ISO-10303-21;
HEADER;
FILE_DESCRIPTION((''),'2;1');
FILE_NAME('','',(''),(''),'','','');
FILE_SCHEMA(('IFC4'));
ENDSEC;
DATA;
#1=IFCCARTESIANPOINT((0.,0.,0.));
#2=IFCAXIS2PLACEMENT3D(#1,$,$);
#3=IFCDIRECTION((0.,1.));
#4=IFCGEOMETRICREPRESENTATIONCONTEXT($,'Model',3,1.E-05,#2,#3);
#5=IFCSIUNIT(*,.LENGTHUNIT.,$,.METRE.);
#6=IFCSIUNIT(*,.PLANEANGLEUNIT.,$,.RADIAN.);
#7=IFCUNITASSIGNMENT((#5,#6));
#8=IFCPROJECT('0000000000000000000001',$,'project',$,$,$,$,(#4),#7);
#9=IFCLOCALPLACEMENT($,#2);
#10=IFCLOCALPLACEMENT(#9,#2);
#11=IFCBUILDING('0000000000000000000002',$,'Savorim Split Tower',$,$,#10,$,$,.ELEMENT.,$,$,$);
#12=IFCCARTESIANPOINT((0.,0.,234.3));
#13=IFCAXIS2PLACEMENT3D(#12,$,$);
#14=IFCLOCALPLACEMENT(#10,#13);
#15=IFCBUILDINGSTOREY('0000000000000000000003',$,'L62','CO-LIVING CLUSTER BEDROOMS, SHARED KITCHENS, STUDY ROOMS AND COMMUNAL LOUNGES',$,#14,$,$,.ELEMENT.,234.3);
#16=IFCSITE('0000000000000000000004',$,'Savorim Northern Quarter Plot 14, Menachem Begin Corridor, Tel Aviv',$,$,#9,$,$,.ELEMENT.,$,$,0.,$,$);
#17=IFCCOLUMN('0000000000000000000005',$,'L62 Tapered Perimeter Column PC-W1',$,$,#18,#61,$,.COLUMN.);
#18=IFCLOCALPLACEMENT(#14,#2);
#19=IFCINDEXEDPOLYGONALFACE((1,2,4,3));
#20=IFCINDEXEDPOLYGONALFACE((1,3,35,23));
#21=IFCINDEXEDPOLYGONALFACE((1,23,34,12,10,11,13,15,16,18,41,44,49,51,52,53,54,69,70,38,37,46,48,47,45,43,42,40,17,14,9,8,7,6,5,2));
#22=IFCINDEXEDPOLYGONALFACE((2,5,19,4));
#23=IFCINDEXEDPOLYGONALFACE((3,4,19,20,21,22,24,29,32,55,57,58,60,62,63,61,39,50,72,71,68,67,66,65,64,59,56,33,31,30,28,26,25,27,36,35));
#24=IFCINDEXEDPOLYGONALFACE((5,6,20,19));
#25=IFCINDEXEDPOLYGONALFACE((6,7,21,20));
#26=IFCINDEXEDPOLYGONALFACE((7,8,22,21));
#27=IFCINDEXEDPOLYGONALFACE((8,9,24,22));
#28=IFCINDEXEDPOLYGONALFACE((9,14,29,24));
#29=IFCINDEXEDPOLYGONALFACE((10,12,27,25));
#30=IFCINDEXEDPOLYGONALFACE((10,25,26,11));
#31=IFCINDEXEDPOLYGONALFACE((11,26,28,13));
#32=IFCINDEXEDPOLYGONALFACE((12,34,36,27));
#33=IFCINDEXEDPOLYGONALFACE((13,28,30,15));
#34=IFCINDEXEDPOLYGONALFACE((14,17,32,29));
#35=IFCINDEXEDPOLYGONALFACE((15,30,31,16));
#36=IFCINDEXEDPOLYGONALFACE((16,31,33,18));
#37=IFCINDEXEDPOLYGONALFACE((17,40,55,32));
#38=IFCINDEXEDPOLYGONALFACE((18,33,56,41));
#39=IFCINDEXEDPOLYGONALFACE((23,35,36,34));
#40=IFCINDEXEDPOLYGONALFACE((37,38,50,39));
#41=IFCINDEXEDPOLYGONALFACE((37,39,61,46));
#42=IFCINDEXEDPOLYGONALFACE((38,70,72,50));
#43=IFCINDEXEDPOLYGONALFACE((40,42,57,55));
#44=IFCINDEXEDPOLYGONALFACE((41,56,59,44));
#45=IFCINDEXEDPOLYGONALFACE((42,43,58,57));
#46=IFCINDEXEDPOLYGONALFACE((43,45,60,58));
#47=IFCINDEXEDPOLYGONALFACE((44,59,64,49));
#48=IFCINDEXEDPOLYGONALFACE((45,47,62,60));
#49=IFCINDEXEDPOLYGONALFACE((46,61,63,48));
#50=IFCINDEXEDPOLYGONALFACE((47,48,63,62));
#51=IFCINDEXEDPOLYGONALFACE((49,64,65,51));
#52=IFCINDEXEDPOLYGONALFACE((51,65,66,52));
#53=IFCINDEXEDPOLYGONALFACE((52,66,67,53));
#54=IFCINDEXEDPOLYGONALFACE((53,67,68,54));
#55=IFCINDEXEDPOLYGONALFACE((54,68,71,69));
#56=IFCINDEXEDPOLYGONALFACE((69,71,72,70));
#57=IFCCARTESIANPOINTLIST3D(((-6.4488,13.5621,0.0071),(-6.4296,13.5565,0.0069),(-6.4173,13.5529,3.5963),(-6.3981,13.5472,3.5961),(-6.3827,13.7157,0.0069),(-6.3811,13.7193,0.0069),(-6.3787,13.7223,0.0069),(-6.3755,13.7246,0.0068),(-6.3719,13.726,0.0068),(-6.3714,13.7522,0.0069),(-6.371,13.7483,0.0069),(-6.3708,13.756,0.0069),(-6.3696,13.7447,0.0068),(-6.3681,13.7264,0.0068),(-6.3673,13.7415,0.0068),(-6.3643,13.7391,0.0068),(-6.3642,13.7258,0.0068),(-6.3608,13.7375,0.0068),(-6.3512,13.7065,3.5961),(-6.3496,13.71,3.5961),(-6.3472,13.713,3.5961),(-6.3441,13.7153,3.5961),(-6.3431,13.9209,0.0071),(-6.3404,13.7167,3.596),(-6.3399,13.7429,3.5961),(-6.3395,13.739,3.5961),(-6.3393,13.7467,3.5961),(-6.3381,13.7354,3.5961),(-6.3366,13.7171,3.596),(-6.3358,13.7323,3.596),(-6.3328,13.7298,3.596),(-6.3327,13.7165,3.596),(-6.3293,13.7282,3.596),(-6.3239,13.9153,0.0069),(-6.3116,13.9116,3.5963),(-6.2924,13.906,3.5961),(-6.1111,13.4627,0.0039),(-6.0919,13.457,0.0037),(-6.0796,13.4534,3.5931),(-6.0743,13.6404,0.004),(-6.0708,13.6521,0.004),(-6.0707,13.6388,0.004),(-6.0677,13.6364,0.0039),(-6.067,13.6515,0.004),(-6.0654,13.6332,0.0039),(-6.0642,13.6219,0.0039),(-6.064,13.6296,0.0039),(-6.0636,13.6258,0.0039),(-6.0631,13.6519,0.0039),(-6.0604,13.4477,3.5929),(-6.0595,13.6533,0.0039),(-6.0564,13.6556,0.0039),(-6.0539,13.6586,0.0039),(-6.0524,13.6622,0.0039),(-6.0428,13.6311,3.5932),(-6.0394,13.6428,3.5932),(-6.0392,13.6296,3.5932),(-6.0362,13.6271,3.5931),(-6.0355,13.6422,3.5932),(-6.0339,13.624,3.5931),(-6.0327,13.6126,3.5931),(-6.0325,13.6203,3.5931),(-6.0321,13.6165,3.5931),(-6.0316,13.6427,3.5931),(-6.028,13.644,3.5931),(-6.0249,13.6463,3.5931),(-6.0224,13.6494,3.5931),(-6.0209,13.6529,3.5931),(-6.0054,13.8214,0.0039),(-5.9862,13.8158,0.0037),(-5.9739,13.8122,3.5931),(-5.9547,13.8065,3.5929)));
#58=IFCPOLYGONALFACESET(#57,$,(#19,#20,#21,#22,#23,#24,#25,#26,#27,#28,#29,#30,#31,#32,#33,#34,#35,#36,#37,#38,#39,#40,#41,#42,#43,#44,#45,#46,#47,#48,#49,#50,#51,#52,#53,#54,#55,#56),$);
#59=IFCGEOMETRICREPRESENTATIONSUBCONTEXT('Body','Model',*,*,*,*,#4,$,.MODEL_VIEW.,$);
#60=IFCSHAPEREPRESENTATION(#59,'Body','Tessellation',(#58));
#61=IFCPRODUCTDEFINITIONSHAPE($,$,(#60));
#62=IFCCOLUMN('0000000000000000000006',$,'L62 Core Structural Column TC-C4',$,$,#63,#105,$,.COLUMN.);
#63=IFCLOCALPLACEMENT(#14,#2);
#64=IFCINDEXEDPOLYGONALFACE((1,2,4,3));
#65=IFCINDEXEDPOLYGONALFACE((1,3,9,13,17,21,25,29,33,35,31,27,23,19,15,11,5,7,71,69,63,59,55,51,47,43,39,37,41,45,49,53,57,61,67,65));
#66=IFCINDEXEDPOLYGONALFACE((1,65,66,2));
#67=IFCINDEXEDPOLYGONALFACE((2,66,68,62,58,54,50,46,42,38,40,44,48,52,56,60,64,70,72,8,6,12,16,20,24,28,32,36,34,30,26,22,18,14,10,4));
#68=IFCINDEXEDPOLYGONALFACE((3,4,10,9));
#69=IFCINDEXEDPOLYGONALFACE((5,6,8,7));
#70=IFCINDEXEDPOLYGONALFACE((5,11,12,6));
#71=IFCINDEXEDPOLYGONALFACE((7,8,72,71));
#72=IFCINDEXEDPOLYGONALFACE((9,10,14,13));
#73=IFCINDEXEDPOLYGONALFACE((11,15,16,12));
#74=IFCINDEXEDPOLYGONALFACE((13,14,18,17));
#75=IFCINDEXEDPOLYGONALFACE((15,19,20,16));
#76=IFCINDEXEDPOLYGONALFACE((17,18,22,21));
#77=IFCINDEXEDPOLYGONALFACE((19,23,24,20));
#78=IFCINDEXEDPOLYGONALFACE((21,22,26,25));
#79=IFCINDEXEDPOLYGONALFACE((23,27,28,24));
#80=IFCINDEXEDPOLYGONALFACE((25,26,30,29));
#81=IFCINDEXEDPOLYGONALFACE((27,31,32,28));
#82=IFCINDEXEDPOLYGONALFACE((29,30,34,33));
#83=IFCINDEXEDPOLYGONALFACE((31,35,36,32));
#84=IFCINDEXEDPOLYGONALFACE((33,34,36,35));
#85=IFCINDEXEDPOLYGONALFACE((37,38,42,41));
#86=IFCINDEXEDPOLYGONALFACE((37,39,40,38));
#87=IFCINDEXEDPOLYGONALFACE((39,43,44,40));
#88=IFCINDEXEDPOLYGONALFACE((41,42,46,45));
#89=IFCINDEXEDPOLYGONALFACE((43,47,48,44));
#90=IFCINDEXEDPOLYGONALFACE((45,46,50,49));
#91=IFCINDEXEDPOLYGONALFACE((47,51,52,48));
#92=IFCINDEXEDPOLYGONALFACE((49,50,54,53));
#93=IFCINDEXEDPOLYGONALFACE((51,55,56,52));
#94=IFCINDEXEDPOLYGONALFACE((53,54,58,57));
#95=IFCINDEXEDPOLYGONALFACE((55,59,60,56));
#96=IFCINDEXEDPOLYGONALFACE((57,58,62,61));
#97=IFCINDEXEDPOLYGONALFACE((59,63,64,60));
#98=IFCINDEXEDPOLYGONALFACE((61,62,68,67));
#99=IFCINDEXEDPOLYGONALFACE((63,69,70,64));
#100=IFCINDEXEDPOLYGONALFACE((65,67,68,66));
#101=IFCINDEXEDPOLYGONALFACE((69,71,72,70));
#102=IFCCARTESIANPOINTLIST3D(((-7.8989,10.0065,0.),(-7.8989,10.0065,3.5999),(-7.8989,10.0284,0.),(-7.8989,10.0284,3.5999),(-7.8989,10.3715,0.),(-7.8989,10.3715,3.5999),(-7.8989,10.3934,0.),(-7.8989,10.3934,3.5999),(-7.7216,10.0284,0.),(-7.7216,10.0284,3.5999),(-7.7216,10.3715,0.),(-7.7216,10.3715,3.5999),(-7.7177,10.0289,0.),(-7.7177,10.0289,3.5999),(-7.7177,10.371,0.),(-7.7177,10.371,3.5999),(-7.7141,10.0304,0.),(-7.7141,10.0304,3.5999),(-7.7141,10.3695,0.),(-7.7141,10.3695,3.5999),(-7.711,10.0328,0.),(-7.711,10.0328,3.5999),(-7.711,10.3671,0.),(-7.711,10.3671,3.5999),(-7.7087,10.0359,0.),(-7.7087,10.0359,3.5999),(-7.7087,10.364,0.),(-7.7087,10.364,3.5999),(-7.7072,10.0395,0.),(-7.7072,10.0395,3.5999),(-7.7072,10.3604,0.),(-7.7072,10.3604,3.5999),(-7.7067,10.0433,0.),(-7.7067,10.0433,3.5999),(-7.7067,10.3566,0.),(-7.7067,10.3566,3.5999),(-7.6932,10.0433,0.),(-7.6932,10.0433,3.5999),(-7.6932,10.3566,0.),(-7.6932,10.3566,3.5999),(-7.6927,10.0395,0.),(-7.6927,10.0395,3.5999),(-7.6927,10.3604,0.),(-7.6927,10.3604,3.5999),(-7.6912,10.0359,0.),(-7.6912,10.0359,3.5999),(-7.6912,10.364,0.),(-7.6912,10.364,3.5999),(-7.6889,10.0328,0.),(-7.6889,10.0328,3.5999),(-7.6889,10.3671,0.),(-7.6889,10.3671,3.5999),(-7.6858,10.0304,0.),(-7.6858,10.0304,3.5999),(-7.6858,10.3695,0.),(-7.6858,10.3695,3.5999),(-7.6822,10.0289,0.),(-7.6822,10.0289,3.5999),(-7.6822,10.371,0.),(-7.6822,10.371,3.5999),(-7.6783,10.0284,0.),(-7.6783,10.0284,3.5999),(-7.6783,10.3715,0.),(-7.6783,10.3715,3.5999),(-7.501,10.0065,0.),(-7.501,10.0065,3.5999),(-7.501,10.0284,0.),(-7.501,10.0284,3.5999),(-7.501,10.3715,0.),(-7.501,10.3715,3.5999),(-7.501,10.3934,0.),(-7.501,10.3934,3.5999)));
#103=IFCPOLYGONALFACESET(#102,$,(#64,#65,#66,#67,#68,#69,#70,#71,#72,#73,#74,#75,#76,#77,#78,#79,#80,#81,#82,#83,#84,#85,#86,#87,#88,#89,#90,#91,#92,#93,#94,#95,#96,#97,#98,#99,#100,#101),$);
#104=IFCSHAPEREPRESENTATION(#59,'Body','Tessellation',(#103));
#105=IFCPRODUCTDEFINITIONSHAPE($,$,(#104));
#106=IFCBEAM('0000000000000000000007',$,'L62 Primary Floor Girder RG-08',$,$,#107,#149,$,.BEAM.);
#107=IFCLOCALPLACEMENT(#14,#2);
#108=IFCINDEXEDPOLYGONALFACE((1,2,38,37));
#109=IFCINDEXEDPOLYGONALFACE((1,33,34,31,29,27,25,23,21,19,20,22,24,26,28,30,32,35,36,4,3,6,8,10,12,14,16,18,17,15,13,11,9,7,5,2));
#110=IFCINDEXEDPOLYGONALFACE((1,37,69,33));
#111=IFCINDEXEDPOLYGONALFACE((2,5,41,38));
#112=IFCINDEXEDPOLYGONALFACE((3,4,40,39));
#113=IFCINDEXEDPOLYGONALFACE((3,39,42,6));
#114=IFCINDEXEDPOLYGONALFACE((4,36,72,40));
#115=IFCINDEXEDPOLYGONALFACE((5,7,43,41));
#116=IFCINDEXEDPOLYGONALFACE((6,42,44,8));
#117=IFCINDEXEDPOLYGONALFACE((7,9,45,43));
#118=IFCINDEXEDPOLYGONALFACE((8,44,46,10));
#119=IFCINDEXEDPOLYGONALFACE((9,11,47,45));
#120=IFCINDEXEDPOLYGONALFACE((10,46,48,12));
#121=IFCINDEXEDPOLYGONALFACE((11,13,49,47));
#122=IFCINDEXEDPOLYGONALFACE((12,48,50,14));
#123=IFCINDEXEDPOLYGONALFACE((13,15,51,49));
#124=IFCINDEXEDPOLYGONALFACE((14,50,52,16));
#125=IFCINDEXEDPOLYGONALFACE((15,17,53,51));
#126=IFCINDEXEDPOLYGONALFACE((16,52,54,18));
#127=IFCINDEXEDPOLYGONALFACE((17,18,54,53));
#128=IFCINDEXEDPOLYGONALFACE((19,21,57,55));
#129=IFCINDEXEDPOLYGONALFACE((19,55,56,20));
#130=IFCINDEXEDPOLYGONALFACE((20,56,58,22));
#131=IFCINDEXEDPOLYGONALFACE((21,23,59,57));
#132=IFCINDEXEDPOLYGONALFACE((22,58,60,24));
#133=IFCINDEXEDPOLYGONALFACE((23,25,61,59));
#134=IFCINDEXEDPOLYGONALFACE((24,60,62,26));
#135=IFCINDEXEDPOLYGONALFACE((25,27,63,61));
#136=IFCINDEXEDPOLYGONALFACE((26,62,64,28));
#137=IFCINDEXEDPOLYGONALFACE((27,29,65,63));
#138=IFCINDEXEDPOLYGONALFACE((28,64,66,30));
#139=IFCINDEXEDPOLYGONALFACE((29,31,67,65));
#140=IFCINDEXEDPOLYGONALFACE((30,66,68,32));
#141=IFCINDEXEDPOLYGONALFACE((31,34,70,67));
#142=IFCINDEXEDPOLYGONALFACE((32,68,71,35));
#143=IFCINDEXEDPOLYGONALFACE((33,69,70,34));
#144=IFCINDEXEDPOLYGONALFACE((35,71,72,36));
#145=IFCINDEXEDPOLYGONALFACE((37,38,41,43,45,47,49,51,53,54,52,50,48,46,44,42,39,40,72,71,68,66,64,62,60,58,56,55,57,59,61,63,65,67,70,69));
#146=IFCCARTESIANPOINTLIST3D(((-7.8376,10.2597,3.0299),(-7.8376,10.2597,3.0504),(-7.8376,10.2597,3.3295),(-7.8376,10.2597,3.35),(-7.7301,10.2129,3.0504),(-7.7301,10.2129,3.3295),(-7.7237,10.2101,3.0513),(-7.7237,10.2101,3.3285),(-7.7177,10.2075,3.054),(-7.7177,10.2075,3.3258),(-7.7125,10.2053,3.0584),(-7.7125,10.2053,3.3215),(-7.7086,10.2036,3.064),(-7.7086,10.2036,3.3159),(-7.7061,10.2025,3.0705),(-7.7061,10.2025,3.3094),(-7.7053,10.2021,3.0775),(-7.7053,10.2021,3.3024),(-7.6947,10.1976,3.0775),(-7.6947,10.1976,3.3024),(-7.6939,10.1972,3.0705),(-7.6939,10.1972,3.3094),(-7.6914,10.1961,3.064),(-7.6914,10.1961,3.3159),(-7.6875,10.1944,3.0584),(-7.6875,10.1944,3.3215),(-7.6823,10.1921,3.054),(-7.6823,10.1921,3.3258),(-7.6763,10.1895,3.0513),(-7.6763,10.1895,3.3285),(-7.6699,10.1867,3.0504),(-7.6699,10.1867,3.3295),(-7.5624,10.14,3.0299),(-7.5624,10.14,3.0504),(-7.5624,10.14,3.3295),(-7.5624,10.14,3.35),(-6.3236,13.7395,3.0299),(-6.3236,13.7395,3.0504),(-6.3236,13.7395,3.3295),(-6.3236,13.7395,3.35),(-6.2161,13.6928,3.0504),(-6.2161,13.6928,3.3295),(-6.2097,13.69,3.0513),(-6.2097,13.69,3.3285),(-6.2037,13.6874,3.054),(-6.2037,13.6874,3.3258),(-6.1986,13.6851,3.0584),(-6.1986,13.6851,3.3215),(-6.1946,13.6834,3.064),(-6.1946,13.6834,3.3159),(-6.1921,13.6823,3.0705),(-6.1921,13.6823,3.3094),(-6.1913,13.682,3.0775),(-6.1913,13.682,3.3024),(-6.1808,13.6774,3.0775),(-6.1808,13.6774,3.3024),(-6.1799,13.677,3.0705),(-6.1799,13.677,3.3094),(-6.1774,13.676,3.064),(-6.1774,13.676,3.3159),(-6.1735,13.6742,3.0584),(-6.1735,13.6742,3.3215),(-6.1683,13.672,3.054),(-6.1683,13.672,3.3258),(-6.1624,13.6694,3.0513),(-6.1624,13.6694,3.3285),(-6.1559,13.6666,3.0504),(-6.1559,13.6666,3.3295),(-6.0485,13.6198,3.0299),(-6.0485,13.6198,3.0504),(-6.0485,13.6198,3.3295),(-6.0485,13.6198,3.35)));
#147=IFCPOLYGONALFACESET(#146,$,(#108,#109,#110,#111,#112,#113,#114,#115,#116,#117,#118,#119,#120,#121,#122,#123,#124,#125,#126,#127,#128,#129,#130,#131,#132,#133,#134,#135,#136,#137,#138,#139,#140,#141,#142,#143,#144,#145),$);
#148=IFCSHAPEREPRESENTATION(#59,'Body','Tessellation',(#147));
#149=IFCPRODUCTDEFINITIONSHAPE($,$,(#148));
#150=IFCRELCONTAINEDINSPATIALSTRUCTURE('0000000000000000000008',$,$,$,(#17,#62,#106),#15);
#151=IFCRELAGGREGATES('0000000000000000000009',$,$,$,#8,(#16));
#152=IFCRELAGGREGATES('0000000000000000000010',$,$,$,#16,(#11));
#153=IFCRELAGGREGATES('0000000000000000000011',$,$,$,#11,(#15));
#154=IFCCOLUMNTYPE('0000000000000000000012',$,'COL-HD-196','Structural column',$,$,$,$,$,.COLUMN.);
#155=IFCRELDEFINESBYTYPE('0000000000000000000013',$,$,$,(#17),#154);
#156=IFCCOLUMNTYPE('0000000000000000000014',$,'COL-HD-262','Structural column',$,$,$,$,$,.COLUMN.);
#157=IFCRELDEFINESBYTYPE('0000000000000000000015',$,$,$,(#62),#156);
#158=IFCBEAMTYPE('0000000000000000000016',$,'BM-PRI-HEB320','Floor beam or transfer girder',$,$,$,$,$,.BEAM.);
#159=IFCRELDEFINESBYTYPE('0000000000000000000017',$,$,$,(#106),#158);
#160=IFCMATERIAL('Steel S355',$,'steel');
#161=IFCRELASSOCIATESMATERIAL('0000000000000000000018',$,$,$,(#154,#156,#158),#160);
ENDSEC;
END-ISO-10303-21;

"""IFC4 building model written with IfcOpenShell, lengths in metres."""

from ifc_helpers import new_model, si_unit, direction, frame, origin, origin_2d, place, context, subcontext, project, spatial, i_section, extrude, material, material_profile, profile_set, type_object, element, save


model = new_model("IFC4")

# Units and contexts
model_context = context("Model", 3, precision=1e-05, world=origin(), true_north=direction((0.0, 1.0)))
body_context = subcontext(model_context, "Body", "Model", "MODEL_VIEW")
ifc_project = project(units=[si_unit("LENGTHUNIT", "METRE"), si_unit("PLANEANGLEUNIT", "RADIAN")], contexts=[model_context])

# Site, building, storey
site_placement = place(None, origin())
site = spatial("IfcSite", under=ifc_project, at=site_placement, Name="Savorim Northern Quarter Plot 14, Menachem Begin Corridor, Tel Aviv", CompositionType="ELEMENT", RefElevation=0.0)
building_placement = place(site_placement, origin())
building = spatial("IfcBuilding", under=site, at=building_placement, Name="Savorim Split Tower", CompositionType="ELEMENT")
storey_placement = place(building_placement, frame((0.0, 0.0, 234.3)))
storey = spatial("IfcBuildingStorey", under=building, at=storey_placement, Name="L62", Description="CO-LIVING CLUSTER BEDROOMS, SHARED KITCHENS, STUDY ROOMS AND COMMUNAL LOUNGES", CompositionType="ELEMENT", Elevation=234.3)

# Columns
ifc_material_1 = material(Name="Steel S355", Category="steel")
ifc_material_profile_1 = material_profile(ifc_material_1, i_section(OverallWidth=0.374, OverallDepth=0.3721, WebThickness=0.0122, FlangeThickness=0.02, FilletRadius=0.0149, at=origin_2d()), Name="HD 360x196")
ifc_profile_set_1 = profile_set([ifc_material_profile_1], Name="Steel S355")
column_type_1 = type_object("IfcColumnType", Name="COL-HD-196", Description="Structural column", PredefinedType="COLUMN", material=ifc_profile_set_1)
column_1_placement = place(storey_placement, frame((-6.2175, 13.689, 0.0054), z_axis=(0.008775, -0.002585, 0.999958), x_axis=(0.282569, 0.959247, 0.0)))
element("IfcColumn", 1, at=column_1_placement, inside=storey, type_object=column_type_1, Name="L62 Tapered Perimeter Column PC-W1", PredefinedType="COLUMN", context=body_context, shape_type="SweptSolid", body=[
    extrude(i_section(OverallWidth=0.374, OverallDepth=0.3721, WebThickness=0.0122, FlangeThickness=0.02, FilletRadius=0.0149, at=origin_2d()), origin(), (0.0, 0.0, 1.0), 3.5894),
])
ifc_material_profile_2 = material_profile(ifc_material_1, i_section(OverallWidth=0.3979, OverallDepth=0.387, WebThickness=0.0134, FlangeThickness=0.022, FilletRadius=0.0149, at=origin_2d()), Name="HD 400x262")
ifc_profile_set_2 = profile_set([ifc_material_profile_2], Name="Steel S355")
column_type_2 = type_object("IfcColumnType", Name="COL-HD-262", Description="Structural column", PredefinedType="COLUMN", material=ifc_profile_set_2)
column_2_placement = place(storey_placement, frame((-7.7, 10.2, 0.0), z_axis=(0.0, 0.0, 1.0), x_axis=(1.0, 0.0, 0.0)))
element("IfcColumn", 2, at=column_2_placement, inside=storey, type_object=column_type_2, Name="L62 Core Structural Column TC-C4", PredefinedType="COLUMN", context=body_context, shape_type="SweptSolid", body=[
    extrude(i_section(OverallWidth=0.3979, OverallDepth=0.387, WebThickness=0.0134, FlangeThickness=0.022, FilletRadius=0.0149, at=origin_2d()), origin(), (0.0, 0.0, 1.0), 3.5999),
])

# Beam
ifc_material_profile_3 = material_profile(ifc_material_1, i_section(OverallWidth=0.3, OverallDepth=0.3201, WebThickness=0.0115, FlangeThickness=0.0205, FilletRadius=0.0271, at=origin_2d()), Name="HEB 320")
ifc_profile_set_3 = profile_set([ifc_material_profile_3], Name="Steel S355")
beam_type_1 = type_object("IfcBeamType", Name="BM-PRI-HEB320", Description="Floor beam or transfer girder", PredefinedType="BEAM", material=ifc_profile_set_3)
beam_1_placement = place(storey_placement, frame((-6.186, 13.6797, 3.1899), z_axis=(-0.398945, -0.916975, 0.0), x_axis=(0.916975, -0.398945, 0.0)))
element("IfcBeam", 3, at=beam_1_placement, inside=storey, type_object=beam_type_1, Name="L62 Primary Floor Girder RG-08", PredefinedType="BEAM", context=body_context, shape_type="SweptSolid", body=[
    extrude(i_section(OverallWidth=0.3, OverallDepth=0.3201, WebThickness=0.0115, FlangeThickness=0.0205, FilletRadius=0.0271, at=origin_2d()), origin(), (0.0, 0.0, 1.0), 3.7949),
])

save(model, "model.ifc")
